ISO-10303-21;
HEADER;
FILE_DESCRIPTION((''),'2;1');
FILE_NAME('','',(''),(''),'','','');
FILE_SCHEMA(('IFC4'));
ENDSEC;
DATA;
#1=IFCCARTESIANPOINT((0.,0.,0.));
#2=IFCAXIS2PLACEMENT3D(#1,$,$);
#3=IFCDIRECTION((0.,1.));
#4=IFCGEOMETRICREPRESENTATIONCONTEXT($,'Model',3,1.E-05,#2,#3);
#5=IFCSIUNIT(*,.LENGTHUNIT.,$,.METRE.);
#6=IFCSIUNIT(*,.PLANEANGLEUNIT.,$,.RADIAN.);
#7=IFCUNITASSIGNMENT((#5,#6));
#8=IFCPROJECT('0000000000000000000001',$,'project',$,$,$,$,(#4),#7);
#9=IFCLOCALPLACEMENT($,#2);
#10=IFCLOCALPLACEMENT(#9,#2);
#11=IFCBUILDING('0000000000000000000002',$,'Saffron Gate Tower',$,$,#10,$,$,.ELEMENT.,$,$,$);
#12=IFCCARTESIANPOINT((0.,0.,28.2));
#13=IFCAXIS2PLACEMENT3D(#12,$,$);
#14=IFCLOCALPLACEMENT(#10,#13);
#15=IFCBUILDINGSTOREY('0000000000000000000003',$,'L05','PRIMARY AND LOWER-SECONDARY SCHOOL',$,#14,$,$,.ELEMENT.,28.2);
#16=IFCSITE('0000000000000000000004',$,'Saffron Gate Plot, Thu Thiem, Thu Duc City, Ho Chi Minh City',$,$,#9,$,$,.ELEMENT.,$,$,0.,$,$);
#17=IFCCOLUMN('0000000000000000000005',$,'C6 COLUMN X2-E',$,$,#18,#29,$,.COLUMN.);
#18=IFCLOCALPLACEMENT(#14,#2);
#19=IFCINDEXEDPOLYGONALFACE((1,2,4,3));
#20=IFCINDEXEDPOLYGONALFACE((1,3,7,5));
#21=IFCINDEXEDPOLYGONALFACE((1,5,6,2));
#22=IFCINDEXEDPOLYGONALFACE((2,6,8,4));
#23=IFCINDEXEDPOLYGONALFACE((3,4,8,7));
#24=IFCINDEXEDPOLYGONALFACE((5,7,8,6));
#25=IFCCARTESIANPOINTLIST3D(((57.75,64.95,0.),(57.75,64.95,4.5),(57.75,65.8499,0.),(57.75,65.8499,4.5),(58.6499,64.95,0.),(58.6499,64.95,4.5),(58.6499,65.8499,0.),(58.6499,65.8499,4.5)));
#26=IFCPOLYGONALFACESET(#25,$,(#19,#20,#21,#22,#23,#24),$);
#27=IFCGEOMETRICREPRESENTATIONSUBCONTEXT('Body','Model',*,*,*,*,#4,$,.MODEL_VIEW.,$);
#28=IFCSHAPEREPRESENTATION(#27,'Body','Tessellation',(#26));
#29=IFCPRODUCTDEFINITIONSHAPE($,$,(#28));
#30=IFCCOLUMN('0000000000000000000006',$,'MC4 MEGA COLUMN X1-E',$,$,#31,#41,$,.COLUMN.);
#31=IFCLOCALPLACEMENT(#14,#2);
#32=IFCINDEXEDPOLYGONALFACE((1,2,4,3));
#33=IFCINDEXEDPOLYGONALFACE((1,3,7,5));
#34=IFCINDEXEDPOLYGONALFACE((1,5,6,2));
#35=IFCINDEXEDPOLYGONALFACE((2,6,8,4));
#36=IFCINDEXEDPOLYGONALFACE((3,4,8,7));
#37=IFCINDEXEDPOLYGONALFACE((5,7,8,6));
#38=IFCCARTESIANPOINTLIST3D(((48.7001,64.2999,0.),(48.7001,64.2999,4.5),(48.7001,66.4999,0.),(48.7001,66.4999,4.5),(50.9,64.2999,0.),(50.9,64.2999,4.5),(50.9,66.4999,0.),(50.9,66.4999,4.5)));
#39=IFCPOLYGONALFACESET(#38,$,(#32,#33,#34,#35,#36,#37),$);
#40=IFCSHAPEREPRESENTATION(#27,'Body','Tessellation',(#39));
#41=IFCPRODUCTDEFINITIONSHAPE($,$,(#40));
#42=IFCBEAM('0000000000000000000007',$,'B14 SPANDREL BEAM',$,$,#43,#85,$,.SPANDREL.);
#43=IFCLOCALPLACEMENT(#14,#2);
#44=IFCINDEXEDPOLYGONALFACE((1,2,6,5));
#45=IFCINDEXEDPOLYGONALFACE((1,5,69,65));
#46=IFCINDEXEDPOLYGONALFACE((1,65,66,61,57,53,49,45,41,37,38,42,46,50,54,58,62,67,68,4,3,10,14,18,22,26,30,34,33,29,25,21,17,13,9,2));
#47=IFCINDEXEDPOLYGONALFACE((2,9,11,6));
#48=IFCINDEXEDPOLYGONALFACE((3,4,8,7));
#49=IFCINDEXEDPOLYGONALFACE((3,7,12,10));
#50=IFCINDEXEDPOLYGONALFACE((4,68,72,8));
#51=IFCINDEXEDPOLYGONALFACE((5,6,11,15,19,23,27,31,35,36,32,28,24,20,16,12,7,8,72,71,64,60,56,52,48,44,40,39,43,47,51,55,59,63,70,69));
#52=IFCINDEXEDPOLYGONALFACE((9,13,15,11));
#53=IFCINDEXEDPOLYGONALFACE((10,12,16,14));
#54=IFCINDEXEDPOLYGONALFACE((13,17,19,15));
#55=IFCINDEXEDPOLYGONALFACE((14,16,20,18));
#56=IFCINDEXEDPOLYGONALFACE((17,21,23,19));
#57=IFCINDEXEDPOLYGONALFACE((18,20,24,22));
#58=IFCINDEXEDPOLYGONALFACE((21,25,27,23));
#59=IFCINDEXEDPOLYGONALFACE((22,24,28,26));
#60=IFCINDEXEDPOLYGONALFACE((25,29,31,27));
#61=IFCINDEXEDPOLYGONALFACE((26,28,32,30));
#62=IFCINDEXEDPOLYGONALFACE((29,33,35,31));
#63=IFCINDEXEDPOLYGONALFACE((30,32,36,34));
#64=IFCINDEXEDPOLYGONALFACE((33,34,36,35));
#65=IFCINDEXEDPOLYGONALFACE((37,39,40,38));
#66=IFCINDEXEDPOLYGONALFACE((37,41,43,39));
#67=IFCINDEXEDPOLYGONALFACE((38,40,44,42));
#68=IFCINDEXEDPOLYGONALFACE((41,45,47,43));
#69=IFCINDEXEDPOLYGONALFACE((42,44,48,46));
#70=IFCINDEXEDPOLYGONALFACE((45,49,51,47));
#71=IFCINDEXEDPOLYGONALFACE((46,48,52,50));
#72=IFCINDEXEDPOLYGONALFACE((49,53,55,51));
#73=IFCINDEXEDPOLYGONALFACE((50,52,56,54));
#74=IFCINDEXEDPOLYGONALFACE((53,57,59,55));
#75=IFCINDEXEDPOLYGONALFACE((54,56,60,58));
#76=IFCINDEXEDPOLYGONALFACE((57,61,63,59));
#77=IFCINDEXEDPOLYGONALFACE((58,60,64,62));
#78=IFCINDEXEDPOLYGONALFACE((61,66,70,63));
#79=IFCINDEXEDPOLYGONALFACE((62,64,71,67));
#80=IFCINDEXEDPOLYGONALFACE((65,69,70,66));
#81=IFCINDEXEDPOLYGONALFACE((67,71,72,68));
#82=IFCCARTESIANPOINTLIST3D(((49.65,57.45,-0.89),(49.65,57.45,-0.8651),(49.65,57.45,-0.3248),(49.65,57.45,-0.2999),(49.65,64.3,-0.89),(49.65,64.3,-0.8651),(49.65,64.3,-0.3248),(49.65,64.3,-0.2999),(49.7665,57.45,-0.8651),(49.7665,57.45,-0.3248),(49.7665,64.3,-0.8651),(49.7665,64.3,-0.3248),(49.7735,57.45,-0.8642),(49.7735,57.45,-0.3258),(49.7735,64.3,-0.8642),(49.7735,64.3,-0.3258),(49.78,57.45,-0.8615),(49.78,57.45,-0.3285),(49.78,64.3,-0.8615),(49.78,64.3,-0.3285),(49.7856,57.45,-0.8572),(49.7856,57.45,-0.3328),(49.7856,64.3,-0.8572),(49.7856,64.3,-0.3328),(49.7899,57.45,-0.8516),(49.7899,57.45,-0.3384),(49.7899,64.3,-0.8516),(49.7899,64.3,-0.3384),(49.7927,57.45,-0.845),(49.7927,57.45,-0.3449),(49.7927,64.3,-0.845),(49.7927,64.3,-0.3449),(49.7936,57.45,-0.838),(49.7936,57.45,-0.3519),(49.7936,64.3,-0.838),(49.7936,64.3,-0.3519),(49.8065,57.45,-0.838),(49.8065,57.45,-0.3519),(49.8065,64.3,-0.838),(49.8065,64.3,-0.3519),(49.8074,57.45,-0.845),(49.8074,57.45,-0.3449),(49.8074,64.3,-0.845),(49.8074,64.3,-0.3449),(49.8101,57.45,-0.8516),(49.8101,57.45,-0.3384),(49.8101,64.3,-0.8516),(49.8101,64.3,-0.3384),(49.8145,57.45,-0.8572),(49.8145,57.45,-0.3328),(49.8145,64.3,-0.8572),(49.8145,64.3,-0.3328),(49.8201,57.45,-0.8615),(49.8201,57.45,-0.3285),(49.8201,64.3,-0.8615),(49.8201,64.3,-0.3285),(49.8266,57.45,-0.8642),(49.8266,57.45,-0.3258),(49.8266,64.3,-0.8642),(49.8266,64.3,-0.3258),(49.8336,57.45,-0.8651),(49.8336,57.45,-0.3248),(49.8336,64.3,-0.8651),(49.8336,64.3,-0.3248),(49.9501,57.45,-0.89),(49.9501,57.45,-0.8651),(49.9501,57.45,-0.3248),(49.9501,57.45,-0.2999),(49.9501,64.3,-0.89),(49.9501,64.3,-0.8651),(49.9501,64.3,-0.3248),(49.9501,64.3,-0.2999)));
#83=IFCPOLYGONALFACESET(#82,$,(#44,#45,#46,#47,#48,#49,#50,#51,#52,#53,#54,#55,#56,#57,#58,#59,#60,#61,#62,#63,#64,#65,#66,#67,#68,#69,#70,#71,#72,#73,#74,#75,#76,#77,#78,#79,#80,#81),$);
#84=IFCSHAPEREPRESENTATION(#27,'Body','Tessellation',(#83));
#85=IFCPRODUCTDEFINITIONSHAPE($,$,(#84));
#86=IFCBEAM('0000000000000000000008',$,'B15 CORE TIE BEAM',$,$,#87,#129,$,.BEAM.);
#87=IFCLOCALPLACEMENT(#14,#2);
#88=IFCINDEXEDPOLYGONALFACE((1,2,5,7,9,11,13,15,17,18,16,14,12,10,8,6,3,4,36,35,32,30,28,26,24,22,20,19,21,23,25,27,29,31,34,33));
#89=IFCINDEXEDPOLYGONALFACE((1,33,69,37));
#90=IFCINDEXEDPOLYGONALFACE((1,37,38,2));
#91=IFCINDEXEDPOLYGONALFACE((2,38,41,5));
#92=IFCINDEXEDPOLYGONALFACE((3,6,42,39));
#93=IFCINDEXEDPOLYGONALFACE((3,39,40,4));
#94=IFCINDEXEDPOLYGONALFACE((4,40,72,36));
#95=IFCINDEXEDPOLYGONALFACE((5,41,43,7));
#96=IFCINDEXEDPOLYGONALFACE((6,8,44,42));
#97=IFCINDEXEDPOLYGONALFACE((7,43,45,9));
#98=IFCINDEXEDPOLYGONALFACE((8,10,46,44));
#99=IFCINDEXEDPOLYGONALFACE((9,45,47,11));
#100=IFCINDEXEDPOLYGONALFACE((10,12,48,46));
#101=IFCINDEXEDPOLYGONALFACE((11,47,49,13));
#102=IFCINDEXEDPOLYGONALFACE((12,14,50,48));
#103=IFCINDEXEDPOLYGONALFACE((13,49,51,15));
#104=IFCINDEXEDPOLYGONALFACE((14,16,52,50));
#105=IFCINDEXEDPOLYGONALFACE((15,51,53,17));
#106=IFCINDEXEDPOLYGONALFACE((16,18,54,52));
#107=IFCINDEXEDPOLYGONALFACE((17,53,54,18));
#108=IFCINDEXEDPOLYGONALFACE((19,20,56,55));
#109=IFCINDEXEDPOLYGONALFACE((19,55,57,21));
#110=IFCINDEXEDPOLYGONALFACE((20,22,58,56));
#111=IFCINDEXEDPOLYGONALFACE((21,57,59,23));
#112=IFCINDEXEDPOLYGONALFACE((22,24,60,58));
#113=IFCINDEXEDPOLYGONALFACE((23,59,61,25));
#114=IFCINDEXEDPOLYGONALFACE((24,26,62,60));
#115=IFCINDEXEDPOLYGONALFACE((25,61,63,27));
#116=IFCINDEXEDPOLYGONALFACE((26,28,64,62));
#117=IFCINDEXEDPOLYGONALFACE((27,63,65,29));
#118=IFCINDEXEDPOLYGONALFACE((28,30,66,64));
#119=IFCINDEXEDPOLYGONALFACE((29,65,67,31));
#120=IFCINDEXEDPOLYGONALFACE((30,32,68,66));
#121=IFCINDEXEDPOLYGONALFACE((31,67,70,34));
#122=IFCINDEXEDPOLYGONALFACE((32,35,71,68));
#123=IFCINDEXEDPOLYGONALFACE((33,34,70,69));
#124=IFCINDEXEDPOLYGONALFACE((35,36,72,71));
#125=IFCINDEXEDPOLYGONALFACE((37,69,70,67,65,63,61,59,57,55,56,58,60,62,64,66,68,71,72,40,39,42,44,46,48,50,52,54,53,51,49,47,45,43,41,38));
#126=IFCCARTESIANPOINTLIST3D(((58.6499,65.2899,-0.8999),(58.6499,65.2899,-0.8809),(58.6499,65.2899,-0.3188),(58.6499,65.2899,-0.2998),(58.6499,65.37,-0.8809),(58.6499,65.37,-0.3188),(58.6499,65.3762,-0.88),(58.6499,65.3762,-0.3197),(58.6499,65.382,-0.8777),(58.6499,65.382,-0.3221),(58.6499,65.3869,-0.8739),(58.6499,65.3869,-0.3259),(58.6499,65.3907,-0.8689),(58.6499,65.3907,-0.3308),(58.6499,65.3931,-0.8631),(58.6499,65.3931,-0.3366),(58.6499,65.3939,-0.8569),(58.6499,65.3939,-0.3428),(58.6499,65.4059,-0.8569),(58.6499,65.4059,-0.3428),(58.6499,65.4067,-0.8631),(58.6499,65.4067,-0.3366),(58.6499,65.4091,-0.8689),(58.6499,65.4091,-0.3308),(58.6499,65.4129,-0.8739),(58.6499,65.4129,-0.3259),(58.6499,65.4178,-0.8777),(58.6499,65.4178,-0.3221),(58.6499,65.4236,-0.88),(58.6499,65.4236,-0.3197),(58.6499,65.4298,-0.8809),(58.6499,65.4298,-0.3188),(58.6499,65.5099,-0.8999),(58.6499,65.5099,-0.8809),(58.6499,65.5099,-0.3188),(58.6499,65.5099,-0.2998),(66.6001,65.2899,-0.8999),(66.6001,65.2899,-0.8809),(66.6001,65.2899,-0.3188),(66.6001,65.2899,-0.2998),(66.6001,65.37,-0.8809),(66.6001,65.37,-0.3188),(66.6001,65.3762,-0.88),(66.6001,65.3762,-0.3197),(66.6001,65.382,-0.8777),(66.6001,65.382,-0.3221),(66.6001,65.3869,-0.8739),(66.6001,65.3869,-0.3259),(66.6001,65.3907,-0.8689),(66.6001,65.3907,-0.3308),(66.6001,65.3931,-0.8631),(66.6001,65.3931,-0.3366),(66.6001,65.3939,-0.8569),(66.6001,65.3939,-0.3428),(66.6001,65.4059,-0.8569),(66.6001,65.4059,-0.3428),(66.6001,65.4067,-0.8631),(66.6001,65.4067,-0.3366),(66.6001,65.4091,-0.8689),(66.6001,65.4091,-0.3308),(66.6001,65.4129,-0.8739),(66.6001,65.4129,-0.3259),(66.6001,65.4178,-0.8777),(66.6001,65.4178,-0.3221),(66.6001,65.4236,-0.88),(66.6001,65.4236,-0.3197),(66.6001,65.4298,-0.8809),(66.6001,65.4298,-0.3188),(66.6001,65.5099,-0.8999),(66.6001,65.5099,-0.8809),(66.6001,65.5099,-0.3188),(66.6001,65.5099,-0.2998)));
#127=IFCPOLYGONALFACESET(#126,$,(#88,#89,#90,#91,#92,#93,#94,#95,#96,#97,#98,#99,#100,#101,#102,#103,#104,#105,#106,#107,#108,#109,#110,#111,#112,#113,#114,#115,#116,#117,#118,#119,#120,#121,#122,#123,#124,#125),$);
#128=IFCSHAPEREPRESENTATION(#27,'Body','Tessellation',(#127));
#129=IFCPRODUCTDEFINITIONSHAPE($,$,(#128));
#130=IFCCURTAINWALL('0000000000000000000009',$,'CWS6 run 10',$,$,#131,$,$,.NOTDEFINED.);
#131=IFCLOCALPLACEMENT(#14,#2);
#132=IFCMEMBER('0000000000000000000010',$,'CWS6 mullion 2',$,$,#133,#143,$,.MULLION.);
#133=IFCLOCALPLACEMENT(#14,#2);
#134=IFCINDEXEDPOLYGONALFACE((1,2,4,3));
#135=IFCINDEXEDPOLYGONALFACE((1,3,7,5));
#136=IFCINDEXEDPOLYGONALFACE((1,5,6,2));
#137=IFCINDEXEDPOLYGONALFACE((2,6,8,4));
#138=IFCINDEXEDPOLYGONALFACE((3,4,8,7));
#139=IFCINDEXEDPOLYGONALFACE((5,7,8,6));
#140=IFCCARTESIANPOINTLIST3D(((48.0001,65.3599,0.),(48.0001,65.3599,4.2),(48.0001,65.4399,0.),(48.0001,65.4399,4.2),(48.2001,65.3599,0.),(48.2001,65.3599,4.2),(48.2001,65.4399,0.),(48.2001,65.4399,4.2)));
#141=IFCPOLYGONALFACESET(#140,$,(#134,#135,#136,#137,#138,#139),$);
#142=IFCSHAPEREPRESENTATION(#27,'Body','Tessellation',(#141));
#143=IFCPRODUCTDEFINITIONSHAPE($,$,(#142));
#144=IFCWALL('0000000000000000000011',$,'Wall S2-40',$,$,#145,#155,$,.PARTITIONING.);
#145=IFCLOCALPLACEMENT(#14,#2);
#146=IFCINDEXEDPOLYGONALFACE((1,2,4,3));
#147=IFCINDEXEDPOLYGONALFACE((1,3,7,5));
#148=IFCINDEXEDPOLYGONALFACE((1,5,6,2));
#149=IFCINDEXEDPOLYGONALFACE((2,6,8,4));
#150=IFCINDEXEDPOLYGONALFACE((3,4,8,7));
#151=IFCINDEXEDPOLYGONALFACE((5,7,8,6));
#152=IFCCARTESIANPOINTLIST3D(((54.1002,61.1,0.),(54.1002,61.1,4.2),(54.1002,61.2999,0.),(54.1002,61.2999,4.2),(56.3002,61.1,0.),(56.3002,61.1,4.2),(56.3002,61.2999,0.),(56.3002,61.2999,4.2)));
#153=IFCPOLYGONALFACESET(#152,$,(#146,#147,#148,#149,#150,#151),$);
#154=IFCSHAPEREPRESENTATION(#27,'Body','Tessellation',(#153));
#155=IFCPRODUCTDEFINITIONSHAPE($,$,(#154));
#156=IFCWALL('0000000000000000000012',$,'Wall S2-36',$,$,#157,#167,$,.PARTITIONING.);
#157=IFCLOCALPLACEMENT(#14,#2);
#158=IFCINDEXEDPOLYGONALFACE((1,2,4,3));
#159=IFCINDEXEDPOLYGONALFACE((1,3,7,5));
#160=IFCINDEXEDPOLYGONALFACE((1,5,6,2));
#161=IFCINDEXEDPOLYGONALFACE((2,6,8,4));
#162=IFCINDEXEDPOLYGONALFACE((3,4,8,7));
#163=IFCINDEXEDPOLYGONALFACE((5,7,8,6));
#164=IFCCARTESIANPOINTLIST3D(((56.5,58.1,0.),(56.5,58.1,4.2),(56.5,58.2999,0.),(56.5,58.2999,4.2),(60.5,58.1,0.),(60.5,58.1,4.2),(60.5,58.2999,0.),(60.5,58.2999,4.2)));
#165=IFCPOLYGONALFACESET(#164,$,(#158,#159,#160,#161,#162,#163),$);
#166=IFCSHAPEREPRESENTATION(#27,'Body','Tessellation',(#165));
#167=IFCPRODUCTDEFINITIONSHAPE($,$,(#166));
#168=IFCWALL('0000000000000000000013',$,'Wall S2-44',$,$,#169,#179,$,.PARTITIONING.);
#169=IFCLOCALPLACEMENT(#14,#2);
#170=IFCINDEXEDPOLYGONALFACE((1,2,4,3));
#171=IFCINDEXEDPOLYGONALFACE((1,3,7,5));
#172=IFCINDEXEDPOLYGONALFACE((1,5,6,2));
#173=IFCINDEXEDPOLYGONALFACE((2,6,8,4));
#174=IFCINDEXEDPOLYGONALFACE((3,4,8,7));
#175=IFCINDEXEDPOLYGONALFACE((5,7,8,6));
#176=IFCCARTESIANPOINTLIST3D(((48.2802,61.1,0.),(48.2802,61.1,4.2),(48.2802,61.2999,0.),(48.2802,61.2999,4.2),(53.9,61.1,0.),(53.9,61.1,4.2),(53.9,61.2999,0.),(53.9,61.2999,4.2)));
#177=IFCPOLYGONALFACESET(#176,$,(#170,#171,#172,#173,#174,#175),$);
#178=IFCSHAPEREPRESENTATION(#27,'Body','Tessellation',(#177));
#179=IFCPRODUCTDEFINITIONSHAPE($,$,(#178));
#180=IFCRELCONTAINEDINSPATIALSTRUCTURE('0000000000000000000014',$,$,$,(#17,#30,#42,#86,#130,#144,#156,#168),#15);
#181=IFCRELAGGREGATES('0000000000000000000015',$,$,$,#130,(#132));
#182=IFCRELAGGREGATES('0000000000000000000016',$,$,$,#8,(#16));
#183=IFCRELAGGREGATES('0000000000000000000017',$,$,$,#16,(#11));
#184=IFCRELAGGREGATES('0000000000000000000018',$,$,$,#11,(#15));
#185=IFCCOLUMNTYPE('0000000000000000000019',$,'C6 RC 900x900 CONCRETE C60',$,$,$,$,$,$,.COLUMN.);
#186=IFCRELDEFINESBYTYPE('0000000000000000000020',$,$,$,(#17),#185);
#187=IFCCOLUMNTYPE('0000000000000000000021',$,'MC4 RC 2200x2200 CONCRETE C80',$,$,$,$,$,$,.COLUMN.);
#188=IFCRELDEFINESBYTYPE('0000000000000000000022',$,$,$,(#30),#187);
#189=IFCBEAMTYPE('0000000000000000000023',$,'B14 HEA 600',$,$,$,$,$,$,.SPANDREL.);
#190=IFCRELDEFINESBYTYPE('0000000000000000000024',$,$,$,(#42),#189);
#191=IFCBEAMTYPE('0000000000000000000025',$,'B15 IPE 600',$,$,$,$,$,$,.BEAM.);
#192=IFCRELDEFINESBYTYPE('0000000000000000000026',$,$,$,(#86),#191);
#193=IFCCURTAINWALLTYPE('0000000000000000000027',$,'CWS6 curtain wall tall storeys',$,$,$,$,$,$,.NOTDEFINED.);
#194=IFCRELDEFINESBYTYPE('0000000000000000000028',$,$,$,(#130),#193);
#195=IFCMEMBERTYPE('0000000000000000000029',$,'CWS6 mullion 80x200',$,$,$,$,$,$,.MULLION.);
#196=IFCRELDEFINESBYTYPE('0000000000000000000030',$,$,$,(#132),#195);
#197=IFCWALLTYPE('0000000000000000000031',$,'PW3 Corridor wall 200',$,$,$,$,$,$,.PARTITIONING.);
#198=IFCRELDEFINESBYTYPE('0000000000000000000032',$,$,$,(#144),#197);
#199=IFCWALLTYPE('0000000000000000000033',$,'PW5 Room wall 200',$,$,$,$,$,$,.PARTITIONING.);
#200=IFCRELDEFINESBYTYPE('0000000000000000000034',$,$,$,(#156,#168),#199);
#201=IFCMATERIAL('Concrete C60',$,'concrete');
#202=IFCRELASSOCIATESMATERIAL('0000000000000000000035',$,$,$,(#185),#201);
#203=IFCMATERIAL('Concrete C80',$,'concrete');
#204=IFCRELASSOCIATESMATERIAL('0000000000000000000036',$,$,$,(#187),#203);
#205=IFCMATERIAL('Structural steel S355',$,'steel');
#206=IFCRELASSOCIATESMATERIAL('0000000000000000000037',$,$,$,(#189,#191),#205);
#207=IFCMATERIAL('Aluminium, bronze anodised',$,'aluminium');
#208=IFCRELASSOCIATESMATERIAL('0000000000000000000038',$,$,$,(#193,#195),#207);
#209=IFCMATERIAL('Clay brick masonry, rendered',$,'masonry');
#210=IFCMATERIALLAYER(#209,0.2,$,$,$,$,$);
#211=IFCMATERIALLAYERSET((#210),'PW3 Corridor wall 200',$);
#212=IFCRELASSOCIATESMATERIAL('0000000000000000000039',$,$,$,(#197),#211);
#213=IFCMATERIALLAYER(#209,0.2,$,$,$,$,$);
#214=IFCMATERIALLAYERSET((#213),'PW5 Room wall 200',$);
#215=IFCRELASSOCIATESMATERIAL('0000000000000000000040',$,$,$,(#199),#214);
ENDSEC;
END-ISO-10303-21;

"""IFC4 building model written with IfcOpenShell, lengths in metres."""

from ifc_helpers import new_model, si_unit, direction, frame, frame_2d, origin, origin_2d, place, context, subcontext, project, spatial, rectangle, i_section, extrude, material, layer, layer_set, material_profile, profile_set, type_object, element, aggregate, save


model = new_model("IFC4")

# Units and contexts
model_context = context("Model", 3, precision=1e-05, world=origin(), true_north=direction((0.0, 1.0)))
body_context = subcontext(model_context, "Body", "Model", "MODEL_VIEW")
ifc_project = project(units=[si_unit("LENGTHUNIT", "METRE"), si_unit("PLANEANGLEUNIT", "RADIAN")], contexts=[model_context])

# Site, building, storey
site_placement = place(None, origin())
site = spatial("IfcSite", under=ifc_project, at=site_placement, Name="Saffron Gate Plot, Thu Thiem, Thu Duc City, Ho Chi Minh City", CompositionType="ELEMENT", RefElevation=0.0)
building_placement = place(site_placement, origin())
building = spatial("IfcBuilding", under=site, at=building_placement, Name="Saffron Gate Tower", CompositionType="ELEMENT")
storey_placement = place(building_placement, frame((0.0, 0.0, 28.2)))
storey = spatial("IfcBuildingStorey", under=building, at=storey_placement, Name="L05", Description="PRIMARY AND LOWER-SECONDARY SCHOOL", CompositionType="ELEMENT", Elevation=28.2)

# Columns
ifc_material_1 = material(Name="Concrete C60", Category="concrete")
ifc_material_profile_1 = material_profile(ifc_material_1, rectangle(XDim=0.8999, YDim=0.8999, at=origin_2d()))
ifc_profile_set_1 = profile_set([ifc_material_profile_1], Name="Concrete C60")
column_type_1 = type_object("IfcColumnType", Name="C6 RC 900x900 CONCRETE C60", PredefinedType="COLUMN", material=ifc_profile_set_1)
column_1_placement = place(storey_placement, frame((58.2, 65.3999, 0.0), z_axis=(0.0, 0.0, 1.0), x_axis=(1.0, 0.0, 0.0)))
element("IfcColumn", 1, at=column_1_placement, inside=storey, type_object=column_type_1, Name="C6 COLUMN X2-E", PredefinedType="COLUMN", context=body_context, shape_type="SweptSolid", body=[
    extrude(rectangle(XDim=0.8999, YDim=0.8999, at=origin_2d()), origin(), (0.0, 0.0, 1.0), 4.5),
])
ifc_material_2 = material(Name="Concrete C80", Category="concrete")
ifc_material_profile_2 = material_profile(ifc_material_2, rectangle(XDim=2.2, YDim=2.2, at=origin_2d()))
ifc_profile_set_2 = profile_set([ifc_material_profile_2], Name="Concrete C80")
column_type_2 = type_object("IfcColumnType", Name="MC4 RC 2200x2200 CONCRETE C80", PredefinedType="COLUMN", material=ifc_profile_set_2)
column_2_placement = place(storey_placement, frame((49.8, 65.3999, 0.0), z_axis=(0.0, 0.0, 1.0), x_axis=(1.0, 0.0, 0.0)))
element("IfcColumn", 2, at=column_2_placement, inside=storey, type_object=column_type_2, Name="MC4 MEGA COLUMN X1-E", PredefinedType="COLUMN", context=body_context, shape_type="SweptSolid", body=[
    extrude(rectangle(XDim=2.2, YDim=2.2, at=origin_2d()), origin(), (0.0, 0.0, 1.0), 4.5),
])

# Beams
ifc_material_3 = material(Name="Structural steel S355", Category="steel")
ifc_material_profile_3 = material_profile(ifc_material_3, i_section(OverallWidth=0.3, OverallDepth=0.5901, WebThickness=0.0129, FlangeThickness=0.0249, FilletRadius=0.0271, at=origin_2d()))
ifc_profile_set_3 = profile_set([ifc_material_profile_3], Name="Structural steel S355")
beam_type_1 = type_object("IfcBeamType", Name="B14 HEA 600", PredefinedType="SPANDREL", material=ifc_profile_set_3)
beam_1_placement = place(storey_placement, frame((49.8, 57.45, -0.595), z_axis=(0.0, 1.0, 0.0), x_axis=(-1.0, 0.0, 0.0)))
element("IfcBeam", 3, at=beam_1_placement, inside=storey, type_object=beam_type_1, Name="B14 SPANDREL BEAM", PredefinedType="SPANDREL", context=body_context, shape_type="SweptSolid", body=[
    extrude(i_section(OverallWidth=0.3, OverallDepth=0.5901, WebThickness=0.0129, FlangeThickness=0.0249, FilletRadius=0.0271, at=origin_2d()), origin(), (0.0, 0.0, 1.0), 6.8501),
])
ifc_material_profile_4 = material_profile(ifc_material_3, i_section(OverallWidth=0.22, OverallDepth=0.6001, WebThickness=0.012, FlangeThickness=0.019, FilletRadius=0.0239, at=origin_2d()))
ifc_profile_set_4 = profile_set([ifc_material_profile_4], Name="Structural steel S355")
beam_type_2 = type_object("IfcBeamType", Name="B15 IPE 600", PredefinedType="BEAM", material=ifc_profile_set_4)
beam_2_placement = place(storey_placement, frame((58.6499, 65.3999, -0.5999), z_axis=(1.0, 0.0, 0.0), x_axis=(0.0, 1.0, 0.0)))
element("IfcBeam", 4, at=beam_2_placement, inside=storey, type_object=beam_type_2, Name="B15 CORE TIE BEAM", PredefinedType="BEAM", context=body_context, shape_type="SweptSolid", body=[
    extrude(i_section(OverallWidth=0.22, OverallDepth=0.6001, WebThickness=0.012, FlangeThickness=0.019, FilletRadius=0.0239, at=origin_2d()), origin(), (0.0, 0.0, 1.0), 7.9502),
])

# Curtain wall, member
ifc_material_4 = material(Name="Aluminium, bronze anodised", Category="aluminium")
curtain_wall_type = type_object("IfcCurtainWallType", Name="CWS6 curtain wall tall storeys", PredefinedType="NOTDEFINED", material=ifc_material_4)
curtain_wall_placement = place(storey_placement, origin())
curtain_wall = element("IfcCurtainWall", 5, at=curtain_wall_placement, inside=storey, type_object=curtain_wall_type, Name="CWS6 run 10", PredefinedType="NOTDEFINED")
ifc_material_profile_5 = material_profile(ifc_material_4, rectangle(XDim=0.2, YDim=0.0801, at=origin_2d()))
ifc_profile_set_5 = profile_set([ifc_material_profile_5], Name="Aluminium, bronze anodised")
member_type = type_object("IfcMemberType", Name="CWS6 mullion 80x200", PredefinedType="MULLION", material=ifc_profile_set_5)
member_placement = place(storey_placement, frame((48.1001, 65.3999, 0.0), z_axis=(0.0, 0.0, 1.0), x_axis=(1.0, 0.0, 0.0)))
member = element("IfcMember", 6, at=member_placement, type_object=member_type, Name="CWS6 mullion 2", PredefinedType="MULLION", context=body_context, shape_type="SweptSolid", body=[
    extrude(rectangle(XDim=0.2, YDim=0.0801, at=origin_2d()), origin(), (0.0, 0.0, 1.0), 4.2),
])
aggregate(curtain_wall, [member])

# Walls
ifc_material_5 = material(Name="Clay brick masonry, rendered", Category="masonry")
ifc_layer_1 = layer(ifc_material_5, 0.2)
ifc_layer_set_1 = layer_set([ifc_layer_1], Name="PW3 Corridor wall 200")
wall_type_1 = type_object("IfcWallType", Name="PW3 Corridor wall 200", PredefinedType="PARTITIONING", material=ifc_layer_set_1)
wall_1_placement = place(storey_placement, frame((54.1001, 61.2, 0.0), z_axis=(0.0, 0.0, 1.0), x_axis=(1.0, 0.0, 0.0)))
element("IfcWall", 7, at=wall_1_placement, inside=storey, type_object=wall_type_1, Name="Wall S2-40", PredefinedType="PARTITIONING", context=body_context, shape_type="SweptSolid", body=[
    extrude(rectangle(XDim=2.2, YDim=0.2, at=frame_2d((1.1001, 0.0))), origin(), (0.0, 0.0, 1.0), 4.2),
])
ifc_layer_2 = layer(ifc_material_5, 0.2)
ifc_layer_set_2 = layer_set([ifc_layer_2], Name="PW5 Room wall 200")
wall_type_2 = type_object("IfcWallType", Name="PW5 Room wall 200", PredefinedType="PARTITIONING", material=ifc_layer_set_2)
wall_2_placement = place(storey_placement, frame((56.5, 58.2, 0.0), z_axis=(0.0, 0.0, 1.0), x_axis=(1.0, 0.0, 0.0)))
element("IfcWall", 8, at=wall_2_placement, inside=storey, type_object=wall_type_2, Name="Wall S2-36", PredefinedType="PARTITIONING", context=body_context, shape_type="SweptSolid", body=[
    extrude(rectangle(XDim=4.0, YDim=0.2, at=frame_2d((2.0, 0.0))), origin(), (0.0, 0.0, 1.0), 4.2),
])
wall_3_placement = place(storey_placement, frame((48.28, 61.2, 0.0), z_axis=(0.0, 0.0, 1.0), x_axis=(1.0, 0.0, 0.0)))
element("IfcWall", 9, at=wall_3_placement, inside=storey, type_object=wall_type_2, Name="Wall S2-44", PredefinedType="PARTITIONING", context=body_context, shape_type="SweptSolid", body=[
    extrude(rectangle(XDim=5.6199, YDim=0.2, at=frame_2d((2.8101, 0.0))), origin(), (0.0, 0.0, 1.0), 4.2),
])

save(model, "model.ifc")
